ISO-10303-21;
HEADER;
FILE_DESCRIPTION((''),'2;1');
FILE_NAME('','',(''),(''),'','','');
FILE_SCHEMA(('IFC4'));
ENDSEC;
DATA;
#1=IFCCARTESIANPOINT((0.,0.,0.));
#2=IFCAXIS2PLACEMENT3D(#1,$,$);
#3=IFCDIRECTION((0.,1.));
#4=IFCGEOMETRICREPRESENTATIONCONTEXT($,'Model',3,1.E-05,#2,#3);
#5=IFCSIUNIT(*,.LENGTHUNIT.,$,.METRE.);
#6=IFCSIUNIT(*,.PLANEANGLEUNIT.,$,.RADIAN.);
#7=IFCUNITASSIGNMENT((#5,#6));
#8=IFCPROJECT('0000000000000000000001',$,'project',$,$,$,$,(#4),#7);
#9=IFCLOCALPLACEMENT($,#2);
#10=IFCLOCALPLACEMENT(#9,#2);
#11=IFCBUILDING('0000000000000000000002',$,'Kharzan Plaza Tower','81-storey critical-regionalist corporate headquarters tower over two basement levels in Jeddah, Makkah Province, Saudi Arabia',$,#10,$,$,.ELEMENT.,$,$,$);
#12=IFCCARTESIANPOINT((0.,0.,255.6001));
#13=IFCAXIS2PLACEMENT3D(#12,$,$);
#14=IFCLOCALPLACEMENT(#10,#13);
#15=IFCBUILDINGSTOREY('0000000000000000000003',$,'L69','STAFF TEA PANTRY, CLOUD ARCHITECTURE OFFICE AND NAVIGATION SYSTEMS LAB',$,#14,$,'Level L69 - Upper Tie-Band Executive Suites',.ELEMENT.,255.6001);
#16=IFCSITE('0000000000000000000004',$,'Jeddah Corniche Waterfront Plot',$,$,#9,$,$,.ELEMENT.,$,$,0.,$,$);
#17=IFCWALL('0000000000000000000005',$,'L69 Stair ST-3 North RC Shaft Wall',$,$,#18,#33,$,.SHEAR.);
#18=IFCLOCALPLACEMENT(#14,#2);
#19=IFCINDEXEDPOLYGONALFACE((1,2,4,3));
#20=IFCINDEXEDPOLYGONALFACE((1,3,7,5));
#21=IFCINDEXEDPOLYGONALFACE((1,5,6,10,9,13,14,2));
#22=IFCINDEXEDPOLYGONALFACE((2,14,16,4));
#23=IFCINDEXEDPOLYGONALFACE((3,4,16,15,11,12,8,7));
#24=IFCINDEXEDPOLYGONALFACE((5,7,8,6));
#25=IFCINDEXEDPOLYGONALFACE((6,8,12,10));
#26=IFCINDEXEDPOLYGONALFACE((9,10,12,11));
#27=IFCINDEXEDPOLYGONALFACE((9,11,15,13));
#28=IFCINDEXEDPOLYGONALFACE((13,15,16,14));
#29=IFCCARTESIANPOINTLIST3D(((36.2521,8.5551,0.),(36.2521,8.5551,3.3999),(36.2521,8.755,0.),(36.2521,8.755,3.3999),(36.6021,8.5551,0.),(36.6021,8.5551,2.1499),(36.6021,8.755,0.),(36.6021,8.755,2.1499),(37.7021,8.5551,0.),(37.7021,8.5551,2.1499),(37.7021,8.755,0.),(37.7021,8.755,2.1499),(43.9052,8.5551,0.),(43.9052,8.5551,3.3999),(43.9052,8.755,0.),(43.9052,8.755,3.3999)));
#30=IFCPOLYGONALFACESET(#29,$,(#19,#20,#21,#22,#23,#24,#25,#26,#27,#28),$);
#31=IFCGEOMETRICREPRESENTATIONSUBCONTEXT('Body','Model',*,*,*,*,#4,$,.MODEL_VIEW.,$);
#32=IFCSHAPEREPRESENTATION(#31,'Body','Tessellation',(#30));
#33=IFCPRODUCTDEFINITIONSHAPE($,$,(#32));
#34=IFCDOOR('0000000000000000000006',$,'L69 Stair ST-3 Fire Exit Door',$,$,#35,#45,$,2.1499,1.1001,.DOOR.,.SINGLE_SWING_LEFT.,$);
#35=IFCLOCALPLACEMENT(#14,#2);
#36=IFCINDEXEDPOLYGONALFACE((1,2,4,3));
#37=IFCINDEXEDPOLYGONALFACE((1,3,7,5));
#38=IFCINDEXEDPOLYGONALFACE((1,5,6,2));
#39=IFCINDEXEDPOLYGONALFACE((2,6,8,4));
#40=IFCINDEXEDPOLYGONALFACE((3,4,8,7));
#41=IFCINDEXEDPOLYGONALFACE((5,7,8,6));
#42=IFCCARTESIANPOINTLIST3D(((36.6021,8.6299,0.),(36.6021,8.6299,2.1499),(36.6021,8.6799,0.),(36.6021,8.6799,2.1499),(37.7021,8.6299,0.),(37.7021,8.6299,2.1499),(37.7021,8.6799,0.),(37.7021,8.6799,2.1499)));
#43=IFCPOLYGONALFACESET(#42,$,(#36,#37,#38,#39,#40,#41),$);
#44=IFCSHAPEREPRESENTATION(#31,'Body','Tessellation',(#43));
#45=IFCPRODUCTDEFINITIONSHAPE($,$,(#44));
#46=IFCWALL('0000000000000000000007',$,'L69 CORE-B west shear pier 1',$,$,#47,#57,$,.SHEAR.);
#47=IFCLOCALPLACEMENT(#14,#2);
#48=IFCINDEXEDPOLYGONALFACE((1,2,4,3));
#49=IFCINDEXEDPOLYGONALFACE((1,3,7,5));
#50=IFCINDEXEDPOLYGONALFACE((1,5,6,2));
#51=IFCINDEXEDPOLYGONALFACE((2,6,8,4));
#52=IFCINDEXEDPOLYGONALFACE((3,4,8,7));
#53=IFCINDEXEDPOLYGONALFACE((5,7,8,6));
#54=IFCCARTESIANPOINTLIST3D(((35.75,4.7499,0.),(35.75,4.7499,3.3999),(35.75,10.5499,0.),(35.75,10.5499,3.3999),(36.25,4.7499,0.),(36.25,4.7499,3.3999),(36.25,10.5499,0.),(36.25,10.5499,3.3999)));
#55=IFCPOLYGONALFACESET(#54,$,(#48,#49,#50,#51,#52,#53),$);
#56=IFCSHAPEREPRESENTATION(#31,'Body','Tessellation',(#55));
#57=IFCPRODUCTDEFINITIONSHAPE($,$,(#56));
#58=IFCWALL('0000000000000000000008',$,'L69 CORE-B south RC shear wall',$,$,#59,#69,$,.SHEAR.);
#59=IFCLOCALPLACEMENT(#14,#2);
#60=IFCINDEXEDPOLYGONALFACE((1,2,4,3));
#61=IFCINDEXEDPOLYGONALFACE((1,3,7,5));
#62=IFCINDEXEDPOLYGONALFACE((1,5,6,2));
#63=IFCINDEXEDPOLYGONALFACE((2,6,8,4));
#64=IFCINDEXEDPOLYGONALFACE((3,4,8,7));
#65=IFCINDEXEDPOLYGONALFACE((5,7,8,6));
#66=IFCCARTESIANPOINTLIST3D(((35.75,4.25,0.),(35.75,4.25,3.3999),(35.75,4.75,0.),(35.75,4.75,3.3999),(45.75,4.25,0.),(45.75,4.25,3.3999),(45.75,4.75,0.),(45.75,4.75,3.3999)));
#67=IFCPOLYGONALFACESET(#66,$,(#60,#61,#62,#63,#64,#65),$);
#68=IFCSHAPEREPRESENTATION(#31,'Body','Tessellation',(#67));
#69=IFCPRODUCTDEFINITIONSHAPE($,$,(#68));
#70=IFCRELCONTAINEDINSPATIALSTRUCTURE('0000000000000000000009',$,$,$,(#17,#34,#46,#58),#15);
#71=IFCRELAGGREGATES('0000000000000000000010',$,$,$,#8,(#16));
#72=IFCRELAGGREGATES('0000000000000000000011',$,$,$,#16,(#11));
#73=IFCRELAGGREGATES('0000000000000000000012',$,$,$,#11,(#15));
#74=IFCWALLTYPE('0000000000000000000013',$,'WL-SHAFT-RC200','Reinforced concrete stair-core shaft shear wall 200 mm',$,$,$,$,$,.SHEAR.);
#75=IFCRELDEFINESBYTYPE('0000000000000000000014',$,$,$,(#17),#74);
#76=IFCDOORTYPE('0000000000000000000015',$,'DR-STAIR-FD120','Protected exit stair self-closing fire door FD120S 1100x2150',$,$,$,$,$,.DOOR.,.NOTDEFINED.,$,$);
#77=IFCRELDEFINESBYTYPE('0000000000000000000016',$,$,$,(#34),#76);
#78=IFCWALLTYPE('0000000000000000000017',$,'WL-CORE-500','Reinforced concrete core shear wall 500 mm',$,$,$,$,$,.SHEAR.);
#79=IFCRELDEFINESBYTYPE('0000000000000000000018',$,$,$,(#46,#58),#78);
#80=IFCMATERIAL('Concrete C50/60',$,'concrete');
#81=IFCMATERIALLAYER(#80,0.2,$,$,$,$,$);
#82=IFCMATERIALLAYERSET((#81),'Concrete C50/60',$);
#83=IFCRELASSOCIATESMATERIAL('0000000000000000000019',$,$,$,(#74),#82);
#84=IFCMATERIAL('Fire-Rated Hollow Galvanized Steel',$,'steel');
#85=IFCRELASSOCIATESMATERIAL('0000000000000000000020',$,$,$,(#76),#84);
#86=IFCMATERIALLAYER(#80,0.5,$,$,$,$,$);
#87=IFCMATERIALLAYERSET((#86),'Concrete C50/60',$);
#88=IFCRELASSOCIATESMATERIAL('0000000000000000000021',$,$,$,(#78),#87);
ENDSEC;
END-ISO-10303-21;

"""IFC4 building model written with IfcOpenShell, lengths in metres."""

from ifc_helpers import new_model, si_unit, direction, frame, frame_2d, origin, place, context, subcontext, project, spatial, rectangle, extrude, source, transform, mapped, material, layer, layer_set, type_object, element, fill, save


model = new_model("IFC4")

# Units and contexts
model_context = context("Model", 3, precision=1e-05, world=origin(), true_north=direction((0.0, 1.0)))
body_context = subcontext(model_context, "Body", "Model", "MODEL_VIEW")
ifc_project = project(units=[si_unit("LENGTHUNIT", "METRE"), si_unit("PLANEANGLEUNIT", "RADIAN")], contexts=[model_context])

# Site, building, storey
site_placement = place(None, origin())
site = spatial("IfcSite", under=ifc_project, at=site_placement, Name="Jeddah Corniche Waterfront Plot", CompositionType="ELEMENT", RefElevation=0.0)
building_placement = place(site_placement, origin())
building = spatial("IfcBuilding", under=site, at=building_placement, Name="Kharzan Plaza Tower", Description="81-storey critical-regionalist corporate headquarters tower over two basement levels in Jeddah, Makkah Province, Saudi Arabia", CompositionType="ELEMENT")
storey_placement = place(building_placement, frame((0.0, 0.0, 255.6001)))
storey = spatial("IfcBuildingStorey", under=building, at=storey_placement, Name="L69", Description="STAFF TEA PANTRY, CLOUD ARCHITECTURE OFFICE AND NAVIGATION SYSTEMS LAB", LongName="Level L69 - Upper Tie-Band Executive Suites", CompositionType="ELEMENT", Elevation=255.6001)

# Shared definitions
ifc_material_1 = material(Name="Concrete C50/60", Category="concrete")

# Wall, opening, door
ifc_layer_1 = layer(ifc_material_1, 0.2)
ifc_layer_set_1 = layer_set([ifc_layer_1], Name="Concrete C50/60")
wall_type_1 = type_object("IfcWallType", Name="WL-SHAFT-RC200", Description="Reinforced concrete stair-core shaft shear wall 200 mm", PredefinedType="SHEAR", material=ifc_layer_set_1)
wall_1_placement = place(storey_placement, frame((36.252, 8.655, 0.0), z_axis=(0.0, 0.0, 1.0), x_axis=(1.0, 0.0, 0.0)))
wall_1 = element("IfcWall", 1, at=wall_1_placement, inside=storey, type_object=wall_type_1, Name="L69 Stair ST-3 North RC Shaft Wall", PredefinedType="SHEAR", context=body_context, shape_type="SweptSolid", body=[
    extrude(rectangle(XDim=7.6531, YDim=0.2, at=frame_2d((3.8267, 0.0))), origin(), (0.0, 0.0, 1.0), 3.3999),
])
opening_1_placement = place(wall_1_placement, frame((0.3501, 0.0, 0.0)))
opening_1 = element("IfcOpeningElement", 2, at=opening_1_placement, cuts=wall_1, PredefinedType="OPENING", context=body_context, shape_type="SweptSolid", body=[
    extrude(rectangle(XDim=1.1001, YDim=2.1499, at=frame_2d((0.55, 1.075))), frame((0.0, 0.1099, 0.0), z_axis=(0.0, -1.0, 0.0), x_axis=(1.0, 0.0, 0.0)), (0.0, 0.0, 1.0), 0.22),
])
ifc_material_2 = material(Name="Fire-Rated Hollow Galvanized Steel", Category="steel")
door_type = type_object("IfcDoorType", Name="DR-STAIR-FD120", Description="Protected exit stair self-closing fire door FD120S 1100x2150", OperationType="NOTDEFINED", PredefinedType="DOOR", material=ifc_material_2)
shared_shape_1 = source(origin(), body_context, "Body", "SweptSolid", [
    extrude(rectangle(XDim=1.1001, YDim=2.1499, at=frame_2d((0.55, 1.075))), frame((0.0, 0.0249, 0.0), z_axis=(0.0, -1.0, 0.0), x_axis=(1.0, 0.0, 0.0)), (0.0, 0.0, 1.0), 0.05),
])
door_placement = place(opening_1_placement, origin())
door = element("IfcDoor", 3, at=door_placement, inside=storey, type_object=door_type, Name="L69 Stair ST-3 Fire Exit Door", OperationType="SINGLE_SWING_LEFT", OverallHeight=2.1499, OverallWidth=1.1001, PredefinedType="DOOR", context=body_context, shape_type="MappedRepresentation", body=[
    mapped(shared_shape_1, transform((0.0, 0.0, 0.0), x_axis=(1.0, 0.0, 0.0), y_axis=(0.0, 1.0, 0.0), z_axis=(0.0, 0.0, 1.0))),
])
fill(opening_1, door)

# Walls
ifc_layer_2 = layer(ifc_material_1, 0.5)
ifc_layer_set_2 = layer_set([ifc_layer_2], Name="Concrete C50/60")
wall_type_2 = type_object("IfcWallType", Name="WL-CORE-500", Description="Reinforced concrete core shear wall 500 mm", PredefinedType="SHEAR", material=ifc_layer_set_2)
shared_shape_2 = source(origin(), body_context, "Body", "SweptSolid", [
    extrude(rectangle(XDim=5.8, YDim=0.5, at=frame_2d((2.8999, 0.0))), origin(), (0.0, 0.0, 1.0), 3.3999),
])
wall_2_placement = place(storey_placement, frame((36.0, 4.75, 0.0), z_axis=(0.0, 0.0, 1.0), x_axis=(0.0, 1.0, 0.0)))
element("IfcWall", 4, at=wall_2_placement, inside=storey, type_object=wall_type_2, Name="L69 CORE-B west shear pier 1", PredefinedType="SHEAR", context=body_context, shape_type="MappedRepresentation", body=[
    mapped(shared_shape_2, transform((0.0, 0.0, 0.0), x_axis=(1.0, 0.0, 0.0), y_axis=(0.0, 1.0, 0.0), z_axis=(0.0, 0.0, 1.0))),
])
shared_shape_3 = source(origin(), body_context, "Body", "SweptSolid", [
    extrude(rectangle(XDim=10.0, YDim=0.5, at=frame_2d((5.0, 0.0))), origin(), (0.0, 0.0, 1.0), 3.3999),
])
wall_3_placement = place(storey_placement, frame((35.75, 4.5, 0.0), z_axis=(0.0, 0.0, 1.0), x_axis=(1.0, 0.0, 0.0)))
element("IfcWall", 5, at=wall_3_placement, inside=storey, type_object=wall_type_2, Name="L69 CORE-B south RC shear wall", PredefinedType="SHEAR", context=body_context, shape_type="MappedRepresentation", body=[
    mapped(shared_shape_3, transform((0.0, 0.0, 0.0), x_axis=(1.0, 0.0, 0.0), y_axis=(0.0, 1.0, 0.0), z_axis=(0.0, 0.0, 1.0))),
])

save(model, "model.ifc")
